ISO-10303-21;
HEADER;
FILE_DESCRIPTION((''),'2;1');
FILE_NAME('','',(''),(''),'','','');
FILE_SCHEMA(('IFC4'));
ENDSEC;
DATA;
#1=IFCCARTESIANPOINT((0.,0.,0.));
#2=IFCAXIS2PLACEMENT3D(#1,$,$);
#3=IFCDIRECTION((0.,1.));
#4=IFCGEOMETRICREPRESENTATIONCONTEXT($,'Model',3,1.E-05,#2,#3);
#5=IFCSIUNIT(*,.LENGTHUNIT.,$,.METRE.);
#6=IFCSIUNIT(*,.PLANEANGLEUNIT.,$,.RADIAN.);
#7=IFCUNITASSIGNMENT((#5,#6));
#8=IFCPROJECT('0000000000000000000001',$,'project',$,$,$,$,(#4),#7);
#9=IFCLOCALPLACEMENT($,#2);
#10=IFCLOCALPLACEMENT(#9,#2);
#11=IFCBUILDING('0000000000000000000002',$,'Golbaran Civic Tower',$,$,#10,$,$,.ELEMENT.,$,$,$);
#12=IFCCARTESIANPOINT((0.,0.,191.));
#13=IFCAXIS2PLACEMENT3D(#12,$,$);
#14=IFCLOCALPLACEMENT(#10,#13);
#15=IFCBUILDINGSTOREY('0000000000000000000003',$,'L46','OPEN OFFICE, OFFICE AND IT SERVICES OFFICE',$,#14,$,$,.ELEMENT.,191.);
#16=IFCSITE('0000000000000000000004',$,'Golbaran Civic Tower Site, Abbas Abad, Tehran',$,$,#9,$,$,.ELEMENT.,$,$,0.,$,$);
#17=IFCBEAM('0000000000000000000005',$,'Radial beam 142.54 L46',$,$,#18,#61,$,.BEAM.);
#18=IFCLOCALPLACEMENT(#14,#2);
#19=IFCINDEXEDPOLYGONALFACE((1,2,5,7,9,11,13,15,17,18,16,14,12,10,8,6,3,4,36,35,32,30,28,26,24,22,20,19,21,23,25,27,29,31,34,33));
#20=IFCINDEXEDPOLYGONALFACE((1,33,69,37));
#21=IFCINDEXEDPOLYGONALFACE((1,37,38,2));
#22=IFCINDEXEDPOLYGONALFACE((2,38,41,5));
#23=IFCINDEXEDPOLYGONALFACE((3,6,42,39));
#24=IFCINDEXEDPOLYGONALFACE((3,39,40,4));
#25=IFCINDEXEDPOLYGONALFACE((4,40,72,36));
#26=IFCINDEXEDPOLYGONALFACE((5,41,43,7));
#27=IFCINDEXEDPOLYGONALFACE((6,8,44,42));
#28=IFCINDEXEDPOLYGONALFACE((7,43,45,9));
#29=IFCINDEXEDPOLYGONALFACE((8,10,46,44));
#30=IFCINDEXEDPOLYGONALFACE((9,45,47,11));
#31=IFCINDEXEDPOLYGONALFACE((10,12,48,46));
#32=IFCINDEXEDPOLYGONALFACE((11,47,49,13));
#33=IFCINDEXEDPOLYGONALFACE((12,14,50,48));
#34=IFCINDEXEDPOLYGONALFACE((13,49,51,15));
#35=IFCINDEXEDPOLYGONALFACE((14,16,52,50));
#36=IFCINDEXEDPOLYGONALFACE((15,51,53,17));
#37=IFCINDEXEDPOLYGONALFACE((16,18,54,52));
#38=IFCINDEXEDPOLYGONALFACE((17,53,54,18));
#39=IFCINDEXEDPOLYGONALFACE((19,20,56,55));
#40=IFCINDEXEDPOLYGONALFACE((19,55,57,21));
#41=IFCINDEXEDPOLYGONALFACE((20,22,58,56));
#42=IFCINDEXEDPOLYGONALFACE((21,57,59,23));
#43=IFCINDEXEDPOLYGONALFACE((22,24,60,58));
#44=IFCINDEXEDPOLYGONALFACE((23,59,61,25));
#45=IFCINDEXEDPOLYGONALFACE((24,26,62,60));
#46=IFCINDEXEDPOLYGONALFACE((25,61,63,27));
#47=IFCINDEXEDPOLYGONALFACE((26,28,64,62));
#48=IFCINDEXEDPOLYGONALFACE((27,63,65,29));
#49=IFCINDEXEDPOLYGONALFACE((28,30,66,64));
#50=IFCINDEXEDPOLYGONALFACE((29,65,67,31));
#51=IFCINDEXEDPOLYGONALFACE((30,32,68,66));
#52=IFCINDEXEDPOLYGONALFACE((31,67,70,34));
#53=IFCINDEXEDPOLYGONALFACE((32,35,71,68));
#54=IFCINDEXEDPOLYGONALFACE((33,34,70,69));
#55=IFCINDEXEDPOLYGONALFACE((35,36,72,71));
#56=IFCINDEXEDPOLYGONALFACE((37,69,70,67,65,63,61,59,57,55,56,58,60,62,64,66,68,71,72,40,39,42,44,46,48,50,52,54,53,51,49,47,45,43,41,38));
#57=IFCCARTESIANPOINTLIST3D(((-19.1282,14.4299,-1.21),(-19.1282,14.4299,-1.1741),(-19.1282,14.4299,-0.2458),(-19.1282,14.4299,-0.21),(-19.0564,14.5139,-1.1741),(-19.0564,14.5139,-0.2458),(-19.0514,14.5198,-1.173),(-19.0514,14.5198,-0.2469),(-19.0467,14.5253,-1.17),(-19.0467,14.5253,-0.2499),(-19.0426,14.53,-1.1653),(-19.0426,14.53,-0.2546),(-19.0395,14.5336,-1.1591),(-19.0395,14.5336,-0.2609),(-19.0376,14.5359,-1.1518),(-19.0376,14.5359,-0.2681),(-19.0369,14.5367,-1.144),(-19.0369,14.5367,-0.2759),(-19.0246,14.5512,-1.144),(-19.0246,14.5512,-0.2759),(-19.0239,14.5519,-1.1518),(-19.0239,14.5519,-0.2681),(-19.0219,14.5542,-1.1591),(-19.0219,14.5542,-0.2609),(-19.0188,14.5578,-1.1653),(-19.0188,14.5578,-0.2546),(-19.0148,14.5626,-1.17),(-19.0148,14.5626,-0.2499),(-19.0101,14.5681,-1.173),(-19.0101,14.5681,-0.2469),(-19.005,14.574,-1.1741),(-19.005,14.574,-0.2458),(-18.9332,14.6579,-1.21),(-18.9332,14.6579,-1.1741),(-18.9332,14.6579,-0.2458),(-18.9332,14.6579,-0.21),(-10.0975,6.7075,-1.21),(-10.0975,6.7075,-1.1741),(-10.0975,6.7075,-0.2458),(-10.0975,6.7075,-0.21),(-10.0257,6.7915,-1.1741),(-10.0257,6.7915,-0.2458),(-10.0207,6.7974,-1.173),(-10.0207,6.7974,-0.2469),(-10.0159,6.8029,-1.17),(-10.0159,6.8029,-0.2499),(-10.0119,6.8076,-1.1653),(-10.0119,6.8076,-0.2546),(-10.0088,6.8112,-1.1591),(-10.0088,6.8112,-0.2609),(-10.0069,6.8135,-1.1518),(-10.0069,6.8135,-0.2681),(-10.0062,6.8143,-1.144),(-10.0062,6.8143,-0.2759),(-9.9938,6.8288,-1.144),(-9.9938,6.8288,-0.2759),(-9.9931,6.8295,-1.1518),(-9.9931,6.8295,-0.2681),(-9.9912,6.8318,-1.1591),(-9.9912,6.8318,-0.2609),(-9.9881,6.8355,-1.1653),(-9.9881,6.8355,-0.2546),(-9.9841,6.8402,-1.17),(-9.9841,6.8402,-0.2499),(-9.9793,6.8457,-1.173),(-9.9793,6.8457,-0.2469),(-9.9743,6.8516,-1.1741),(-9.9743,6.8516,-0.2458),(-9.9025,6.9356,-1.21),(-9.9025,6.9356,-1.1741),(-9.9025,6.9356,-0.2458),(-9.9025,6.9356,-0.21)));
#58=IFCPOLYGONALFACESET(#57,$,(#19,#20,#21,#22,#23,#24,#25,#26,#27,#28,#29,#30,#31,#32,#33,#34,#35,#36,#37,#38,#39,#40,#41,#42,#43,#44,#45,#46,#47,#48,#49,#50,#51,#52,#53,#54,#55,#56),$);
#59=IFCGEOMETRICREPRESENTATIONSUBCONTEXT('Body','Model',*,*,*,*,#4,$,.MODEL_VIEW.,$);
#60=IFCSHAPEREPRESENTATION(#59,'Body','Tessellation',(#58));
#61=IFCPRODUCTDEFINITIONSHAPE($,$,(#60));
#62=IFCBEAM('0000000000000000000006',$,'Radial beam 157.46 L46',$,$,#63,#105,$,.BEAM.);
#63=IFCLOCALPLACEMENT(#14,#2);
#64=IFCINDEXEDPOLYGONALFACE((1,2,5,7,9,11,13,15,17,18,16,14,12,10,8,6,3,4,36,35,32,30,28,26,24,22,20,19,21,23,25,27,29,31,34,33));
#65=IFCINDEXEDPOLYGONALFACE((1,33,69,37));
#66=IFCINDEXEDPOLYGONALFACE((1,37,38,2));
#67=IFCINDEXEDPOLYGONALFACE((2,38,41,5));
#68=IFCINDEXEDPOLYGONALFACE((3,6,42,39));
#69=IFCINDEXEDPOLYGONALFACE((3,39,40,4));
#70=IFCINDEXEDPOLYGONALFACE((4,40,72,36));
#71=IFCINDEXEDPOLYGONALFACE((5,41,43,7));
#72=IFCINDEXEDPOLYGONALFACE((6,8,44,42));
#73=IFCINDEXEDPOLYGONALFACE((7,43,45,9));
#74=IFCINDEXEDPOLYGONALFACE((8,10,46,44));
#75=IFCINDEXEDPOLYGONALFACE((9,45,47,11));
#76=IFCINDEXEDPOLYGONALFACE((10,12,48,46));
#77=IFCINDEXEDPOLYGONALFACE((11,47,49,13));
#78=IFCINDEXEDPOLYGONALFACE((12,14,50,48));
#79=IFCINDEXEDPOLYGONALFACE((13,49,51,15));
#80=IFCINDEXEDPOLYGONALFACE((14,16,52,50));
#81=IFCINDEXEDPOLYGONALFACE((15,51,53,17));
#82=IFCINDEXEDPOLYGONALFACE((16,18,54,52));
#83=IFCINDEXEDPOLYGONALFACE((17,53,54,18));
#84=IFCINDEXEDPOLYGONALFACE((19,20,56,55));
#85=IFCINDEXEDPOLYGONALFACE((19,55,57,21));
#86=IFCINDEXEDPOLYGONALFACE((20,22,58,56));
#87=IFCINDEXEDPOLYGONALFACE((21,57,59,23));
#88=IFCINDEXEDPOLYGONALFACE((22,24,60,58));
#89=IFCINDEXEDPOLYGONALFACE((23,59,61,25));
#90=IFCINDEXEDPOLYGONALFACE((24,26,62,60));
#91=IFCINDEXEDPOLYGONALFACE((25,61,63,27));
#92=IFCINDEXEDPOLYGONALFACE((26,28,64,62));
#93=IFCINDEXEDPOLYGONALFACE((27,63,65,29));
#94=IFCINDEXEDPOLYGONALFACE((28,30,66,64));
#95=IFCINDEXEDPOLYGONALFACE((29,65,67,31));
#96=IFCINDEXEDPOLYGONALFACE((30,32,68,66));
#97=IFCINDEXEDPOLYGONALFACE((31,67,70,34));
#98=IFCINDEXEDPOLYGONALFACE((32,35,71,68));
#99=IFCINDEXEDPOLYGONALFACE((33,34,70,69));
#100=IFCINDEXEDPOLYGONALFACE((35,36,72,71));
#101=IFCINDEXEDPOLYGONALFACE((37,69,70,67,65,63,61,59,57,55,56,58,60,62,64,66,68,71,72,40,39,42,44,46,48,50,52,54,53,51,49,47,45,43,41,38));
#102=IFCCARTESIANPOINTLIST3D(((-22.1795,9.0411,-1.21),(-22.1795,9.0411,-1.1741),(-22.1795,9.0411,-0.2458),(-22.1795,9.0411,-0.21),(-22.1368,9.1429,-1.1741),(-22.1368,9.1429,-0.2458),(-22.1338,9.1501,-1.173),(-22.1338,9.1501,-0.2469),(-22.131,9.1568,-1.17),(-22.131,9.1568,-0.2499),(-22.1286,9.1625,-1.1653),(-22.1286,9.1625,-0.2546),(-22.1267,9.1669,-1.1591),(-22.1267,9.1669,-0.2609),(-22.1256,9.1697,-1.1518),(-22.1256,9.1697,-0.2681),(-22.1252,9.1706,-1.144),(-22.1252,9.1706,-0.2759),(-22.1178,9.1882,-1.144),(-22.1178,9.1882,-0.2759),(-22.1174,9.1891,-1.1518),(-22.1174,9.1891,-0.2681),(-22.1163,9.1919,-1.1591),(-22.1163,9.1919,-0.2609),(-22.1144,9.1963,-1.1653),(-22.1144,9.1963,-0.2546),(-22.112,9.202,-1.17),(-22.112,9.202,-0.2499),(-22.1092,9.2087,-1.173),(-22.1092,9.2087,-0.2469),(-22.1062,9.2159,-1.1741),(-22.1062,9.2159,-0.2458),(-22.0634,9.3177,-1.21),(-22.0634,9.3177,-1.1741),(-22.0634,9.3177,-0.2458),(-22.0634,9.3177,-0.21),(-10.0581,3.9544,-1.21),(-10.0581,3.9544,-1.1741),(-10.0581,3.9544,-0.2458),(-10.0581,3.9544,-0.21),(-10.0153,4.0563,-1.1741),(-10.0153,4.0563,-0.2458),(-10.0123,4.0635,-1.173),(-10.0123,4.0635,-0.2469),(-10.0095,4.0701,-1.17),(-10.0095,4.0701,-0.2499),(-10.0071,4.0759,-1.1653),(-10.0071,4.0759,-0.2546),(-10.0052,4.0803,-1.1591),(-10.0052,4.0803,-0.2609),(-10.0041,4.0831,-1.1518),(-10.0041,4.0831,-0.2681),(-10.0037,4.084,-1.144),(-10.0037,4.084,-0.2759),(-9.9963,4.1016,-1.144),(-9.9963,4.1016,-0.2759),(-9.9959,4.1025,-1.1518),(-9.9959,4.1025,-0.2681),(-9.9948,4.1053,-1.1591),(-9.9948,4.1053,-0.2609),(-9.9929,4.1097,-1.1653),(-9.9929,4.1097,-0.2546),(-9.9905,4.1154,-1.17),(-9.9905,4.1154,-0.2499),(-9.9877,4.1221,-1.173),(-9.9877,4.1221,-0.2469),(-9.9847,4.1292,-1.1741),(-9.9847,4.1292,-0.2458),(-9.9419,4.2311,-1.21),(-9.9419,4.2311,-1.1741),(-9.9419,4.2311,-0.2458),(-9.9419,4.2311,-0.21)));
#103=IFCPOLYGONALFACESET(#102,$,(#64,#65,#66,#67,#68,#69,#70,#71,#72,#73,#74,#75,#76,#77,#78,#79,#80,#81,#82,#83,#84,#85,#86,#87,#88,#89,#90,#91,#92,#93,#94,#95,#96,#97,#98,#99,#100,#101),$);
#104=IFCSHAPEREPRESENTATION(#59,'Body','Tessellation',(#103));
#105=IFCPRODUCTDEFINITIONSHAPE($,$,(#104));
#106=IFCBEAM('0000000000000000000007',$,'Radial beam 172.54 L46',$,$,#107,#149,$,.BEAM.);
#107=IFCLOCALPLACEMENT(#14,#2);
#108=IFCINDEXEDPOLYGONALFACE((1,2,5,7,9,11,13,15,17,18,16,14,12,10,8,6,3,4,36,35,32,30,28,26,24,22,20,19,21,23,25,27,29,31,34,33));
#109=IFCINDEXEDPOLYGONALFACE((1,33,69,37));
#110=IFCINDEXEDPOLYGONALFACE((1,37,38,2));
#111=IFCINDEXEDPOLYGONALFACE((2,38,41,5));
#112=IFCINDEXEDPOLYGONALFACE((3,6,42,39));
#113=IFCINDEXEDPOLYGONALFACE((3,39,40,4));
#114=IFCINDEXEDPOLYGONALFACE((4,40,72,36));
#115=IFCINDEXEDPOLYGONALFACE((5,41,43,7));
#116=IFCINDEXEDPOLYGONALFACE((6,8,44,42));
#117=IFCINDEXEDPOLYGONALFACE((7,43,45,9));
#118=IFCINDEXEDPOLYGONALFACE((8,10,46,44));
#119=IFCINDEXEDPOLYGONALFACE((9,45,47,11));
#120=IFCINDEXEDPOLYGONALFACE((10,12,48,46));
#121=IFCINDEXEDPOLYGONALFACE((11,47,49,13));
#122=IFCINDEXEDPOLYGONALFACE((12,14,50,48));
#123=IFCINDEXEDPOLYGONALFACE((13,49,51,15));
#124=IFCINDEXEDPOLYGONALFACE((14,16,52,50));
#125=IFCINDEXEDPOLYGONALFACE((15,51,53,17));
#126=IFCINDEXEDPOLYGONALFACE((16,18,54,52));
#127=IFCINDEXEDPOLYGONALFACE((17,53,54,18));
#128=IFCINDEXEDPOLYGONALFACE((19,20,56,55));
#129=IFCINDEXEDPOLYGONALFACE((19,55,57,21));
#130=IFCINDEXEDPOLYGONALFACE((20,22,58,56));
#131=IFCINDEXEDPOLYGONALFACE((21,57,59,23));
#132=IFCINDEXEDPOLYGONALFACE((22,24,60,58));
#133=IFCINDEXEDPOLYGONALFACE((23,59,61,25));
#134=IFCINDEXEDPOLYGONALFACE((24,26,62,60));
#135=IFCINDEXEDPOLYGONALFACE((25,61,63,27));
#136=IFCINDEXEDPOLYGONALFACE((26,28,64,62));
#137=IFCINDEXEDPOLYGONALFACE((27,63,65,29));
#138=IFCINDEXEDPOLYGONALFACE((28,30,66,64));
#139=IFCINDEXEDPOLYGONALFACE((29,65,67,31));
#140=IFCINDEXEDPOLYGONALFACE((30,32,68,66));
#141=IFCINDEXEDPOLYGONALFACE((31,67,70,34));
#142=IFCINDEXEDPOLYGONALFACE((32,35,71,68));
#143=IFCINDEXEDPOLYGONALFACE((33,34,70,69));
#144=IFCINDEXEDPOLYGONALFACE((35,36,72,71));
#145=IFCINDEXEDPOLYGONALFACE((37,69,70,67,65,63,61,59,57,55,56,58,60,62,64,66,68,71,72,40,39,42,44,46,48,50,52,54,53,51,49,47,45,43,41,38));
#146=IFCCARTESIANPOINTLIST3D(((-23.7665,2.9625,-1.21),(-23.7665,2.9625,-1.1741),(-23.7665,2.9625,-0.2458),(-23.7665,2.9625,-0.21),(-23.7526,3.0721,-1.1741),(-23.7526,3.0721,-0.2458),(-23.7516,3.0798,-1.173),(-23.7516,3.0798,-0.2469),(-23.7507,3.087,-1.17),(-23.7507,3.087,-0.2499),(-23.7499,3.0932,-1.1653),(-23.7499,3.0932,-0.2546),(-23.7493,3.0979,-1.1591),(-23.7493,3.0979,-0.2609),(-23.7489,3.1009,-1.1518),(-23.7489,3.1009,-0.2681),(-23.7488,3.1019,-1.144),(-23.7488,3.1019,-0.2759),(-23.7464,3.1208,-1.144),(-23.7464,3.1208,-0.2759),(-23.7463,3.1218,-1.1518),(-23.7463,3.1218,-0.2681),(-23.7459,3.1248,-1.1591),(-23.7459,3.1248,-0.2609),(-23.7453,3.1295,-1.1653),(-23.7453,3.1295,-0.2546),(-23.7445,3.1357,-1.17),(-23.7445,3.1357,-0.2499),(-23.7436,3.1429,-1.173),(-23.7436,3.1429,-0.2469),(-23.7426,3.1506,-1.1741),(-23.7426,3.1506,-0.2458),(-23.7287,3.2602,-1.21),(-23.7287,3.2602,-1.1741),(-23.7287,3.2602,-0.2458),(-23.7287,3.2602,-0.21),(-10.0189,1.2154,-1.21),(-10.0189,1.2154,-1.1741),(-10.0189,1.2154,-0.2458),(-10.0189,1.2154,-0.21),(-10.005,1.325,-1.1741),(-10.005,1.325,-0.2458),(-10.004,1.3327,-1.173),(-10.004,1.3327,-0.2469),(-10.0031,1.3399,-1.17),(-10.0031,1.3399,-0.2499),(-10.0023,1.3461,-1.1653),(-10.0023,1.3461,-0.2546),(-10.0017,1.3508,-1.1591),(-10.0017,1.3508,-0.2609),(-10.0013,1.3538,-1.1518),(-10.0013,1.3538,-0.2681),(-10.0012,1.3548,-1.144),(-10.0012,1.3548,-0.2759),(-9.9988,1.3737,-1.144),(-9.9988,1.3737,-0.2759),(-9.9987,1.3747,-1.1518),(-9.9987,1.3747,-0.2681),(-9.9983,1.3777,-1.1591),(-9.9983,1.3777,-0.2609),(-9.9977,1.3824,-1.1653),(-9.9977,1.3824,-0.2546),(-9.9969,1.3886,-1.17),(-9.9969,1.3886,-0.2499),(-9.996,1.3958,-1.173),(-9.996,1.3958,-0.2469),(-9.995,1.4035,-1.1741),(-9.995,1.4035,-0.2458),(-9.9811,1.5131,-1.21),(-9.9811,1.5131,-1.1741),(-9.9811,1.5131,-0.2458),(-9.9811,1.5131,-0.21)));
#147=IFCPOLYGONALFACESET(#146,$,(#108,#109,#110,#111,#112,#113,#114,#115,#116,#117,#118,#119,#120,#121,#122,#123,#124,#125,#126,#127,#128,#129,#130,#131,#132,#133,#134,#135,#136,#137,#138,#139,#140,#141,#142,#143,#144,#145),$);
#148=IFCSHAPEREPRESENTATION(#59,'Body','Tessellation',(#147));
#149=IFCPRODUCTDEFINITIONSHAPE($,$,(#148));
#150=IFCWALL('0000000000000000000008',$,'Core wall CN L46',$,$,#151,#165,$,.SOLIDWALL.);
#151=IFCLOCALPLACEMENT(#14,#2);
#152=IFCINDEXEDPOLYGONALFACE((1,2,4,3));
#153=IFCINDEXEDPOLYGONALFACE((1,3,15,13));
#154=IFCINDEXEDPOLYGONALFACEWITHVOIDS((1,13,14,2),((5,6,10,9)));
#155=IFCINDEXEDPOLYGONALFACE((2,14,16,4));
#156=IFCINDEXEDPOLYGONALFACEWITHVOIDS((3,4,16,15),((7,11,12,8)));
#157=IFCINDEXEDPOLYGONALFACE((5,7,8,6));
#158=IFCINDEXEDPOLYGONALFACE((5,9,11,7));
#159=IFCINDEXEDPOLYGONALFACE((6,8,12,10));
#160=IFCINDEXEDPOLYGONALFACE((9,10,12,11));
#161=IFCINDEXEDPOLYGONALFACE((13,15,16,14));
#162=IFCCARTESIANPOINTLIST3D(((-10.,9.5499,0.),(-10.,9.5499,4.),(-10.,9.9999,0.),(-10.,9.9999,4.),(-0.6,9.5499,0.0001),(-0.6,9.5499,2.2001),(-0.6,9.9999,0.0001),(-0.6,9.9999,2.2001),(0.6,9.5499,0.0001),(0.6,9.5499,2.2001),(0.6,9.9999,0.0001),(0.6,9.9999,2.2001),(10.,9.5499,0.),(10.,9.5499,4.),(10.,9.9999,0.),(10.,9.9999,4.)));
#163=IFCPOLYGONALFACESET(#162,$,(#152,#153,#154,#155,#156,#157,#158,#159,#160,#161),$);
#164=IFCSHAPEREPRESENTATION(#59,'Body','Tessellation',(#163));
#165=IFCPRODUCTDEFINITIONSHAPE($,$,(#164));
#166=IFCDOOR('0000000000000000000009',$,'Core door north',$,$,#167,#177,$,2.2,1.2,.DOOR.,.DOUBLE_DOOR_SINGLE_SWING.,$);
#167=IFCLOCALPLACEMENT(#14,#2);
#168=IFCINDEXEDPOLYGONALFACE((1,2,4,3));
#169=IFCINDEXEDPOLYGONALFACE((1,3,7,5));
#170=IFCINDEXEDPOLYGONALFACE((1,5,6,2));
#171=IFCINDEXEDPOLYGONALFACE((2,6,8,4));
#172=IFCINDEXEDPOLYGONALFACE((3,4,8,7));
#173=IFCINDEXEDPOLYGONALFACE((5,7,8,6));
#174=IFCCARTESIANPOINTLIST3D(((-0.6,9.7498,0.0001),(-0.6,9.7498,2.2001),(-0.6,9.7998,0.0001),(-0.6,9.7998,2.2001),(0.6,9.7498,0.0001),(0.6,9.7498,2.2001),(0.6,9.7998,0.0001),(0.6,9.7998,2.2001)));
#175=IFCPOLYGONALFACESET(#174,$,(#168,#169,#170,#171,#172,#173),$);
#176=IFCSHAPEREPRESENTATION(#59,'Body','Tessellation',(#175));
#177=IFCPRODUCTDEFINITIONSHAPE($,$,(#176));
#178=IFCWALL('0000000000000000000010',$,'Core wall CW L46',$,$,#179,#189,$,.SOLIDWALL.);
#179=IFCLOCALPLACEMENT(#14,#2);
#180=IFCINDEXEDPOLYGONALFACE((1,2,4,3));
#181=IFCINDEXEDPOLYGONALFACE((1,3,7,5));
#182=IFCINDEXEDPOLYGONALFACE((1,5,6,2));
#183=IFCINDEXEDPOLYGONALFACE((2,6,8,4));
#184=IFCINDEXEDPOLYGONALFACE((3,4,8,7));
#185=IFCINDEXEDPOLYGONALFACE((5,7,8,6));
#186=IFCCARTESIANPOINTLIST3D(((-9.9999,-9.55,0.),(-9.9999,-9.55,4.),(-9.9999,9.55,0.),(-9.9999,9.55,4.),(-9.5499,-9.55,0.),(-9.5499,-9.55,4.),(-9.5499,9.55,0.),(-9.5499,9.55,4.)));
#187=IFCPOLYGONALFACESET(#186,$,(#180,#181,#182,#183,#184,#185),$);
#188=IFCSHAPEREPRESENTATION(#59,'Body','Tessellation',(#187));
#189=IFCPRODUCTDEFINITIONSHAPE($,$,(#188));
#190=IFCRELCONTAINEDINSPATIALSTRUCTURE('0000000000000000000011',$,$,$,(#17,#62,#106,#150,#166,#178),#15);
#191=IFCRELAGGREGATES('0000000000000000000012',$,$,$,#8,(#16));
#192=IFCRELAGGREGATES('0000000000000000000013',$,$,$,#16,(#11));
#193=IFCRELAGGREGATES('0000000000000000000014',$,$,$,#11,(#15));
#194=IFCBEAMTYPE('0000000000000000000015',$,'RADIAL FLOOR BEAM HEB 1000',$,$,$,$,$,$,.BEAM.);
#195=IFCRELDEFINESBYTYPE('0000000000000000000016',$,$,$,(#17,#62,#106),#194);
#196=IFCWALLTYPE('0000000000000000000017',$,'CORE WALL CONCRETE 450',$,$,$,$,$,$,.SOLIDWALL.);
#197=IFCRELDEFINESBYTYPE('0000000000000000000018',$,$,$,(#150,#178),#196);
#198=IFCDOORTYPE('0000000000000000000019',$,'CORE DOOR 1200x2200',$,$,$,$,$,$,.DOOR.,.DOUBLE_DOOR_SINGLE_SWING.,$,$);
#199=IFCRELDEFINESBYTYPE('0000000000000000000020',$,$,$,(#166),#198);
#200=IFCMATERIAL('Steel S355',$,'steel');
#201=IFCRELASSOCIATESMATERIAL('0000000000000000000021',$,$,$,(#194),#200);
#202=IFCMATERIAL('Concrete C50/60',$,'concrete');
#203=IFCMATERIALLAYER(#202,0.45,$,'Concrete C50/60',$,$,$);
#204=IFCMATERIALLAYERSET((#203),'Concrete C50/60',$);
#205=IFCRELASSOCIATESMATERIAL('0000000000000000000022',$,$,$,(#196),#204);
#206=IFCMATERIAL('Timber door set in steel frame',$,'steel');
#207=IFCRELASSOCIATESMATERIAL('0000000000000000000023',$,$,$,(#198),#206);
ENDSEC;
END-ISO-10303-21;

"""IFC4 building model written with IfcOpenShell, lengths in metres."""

from ifc_helpers import new_model, si_unit, direction, frame, frame_2d, origin, origin_2d, place, context, subcontext, project, spatial, rectangle, i_section, extrude, material, layer, layer_set, material_profile, profile_set, type_object, element, fill, save


model = new_model("IFC4")

# Units and contexts
model_context = context("Model", 3, precision=1e-05, world=origin(), true_north=direction((0.0, 1.0)))
body_context = subcontext(model_context, "Body", "Model", "MODEL_VIEW")
ifc_project = project(units=[si_unit("LENGTHUNIT", "METRE"), si_unit("PLANEANGLEUNIT", "RADIAN")], contexts=[model_context])

# Site, building, storey
site_placement = place(None, origin())
site = spatial("IfcSite", under=ifc_project, at=site_placement, Name="Golbaran Civic Tower Site, Abbas Abad, Tehran", CompositionType="ELEMENT", RefElevation=0.0)
building_placement = place(site_placement, origin())
building = spatial("IfcBuilding", under=site, at=building_placement, Name="Golbaran Civic Tower", CompositionType="ELEMENT")
storey_placement = place(building_placement, frame((0.0, 0.0, 191.0)))
storey = spatial("IfcBuildingStorey", under=building, at=storey_placement, Name="L46", Description="OPEN OFFICE, OFFICE AND IT SERVICES OFFICE", CompositionType="ELEMENT", Elevation=191.0)

# Beams
ifc_material_1 = material(Name="Steel S355", Category="steel")
ifc_material_profile_1 = material_profile(ifc_material_1, i_section(OverallWidth=0.3, OverallDepth=1.0, WebThickness=0.019, FlangeThickness=0.0359, FilletRadius=0.03, at=origin_2d()), Name="HEB 1000")
ifc_profile_set_1 = profile_set([ifc_material_profile_1], Name="Steel S355")
beam_type_1 = type_object("IfcBeamType", Name="RADIAL FLOOR BEAM HEB 1000", PredefinedType="BEAM", material=ifc_profile_set_1)
beam_1_placement = place(storey_placement, frame((-10.0, 6.8215, -0.71), z_axis=(-0.760015, 0.649906, 0.0), x_axis=(-0.649906, -0.760015, 0.0)))
element("IfcBeam", 1, at=beam_1_placement, inside=storey, type_object=beam_type_1, Name="Radial beam 142.54 L46", PredefinedType="BEAM", context=body_context, shape_type="SweptSolid", body=[
    extrude(i_section(OverallWidth=0.3, OverallDepth=1.0, WebThickness=0.019, FlangeThickness=0.0359, FilletRadius=0.03, at=origin_2d()), origin(), (0.0, 0.0, 1.0), 11.8823),
])
beam_2_placement = place(storey_placement, frame((-10.0, 4.0928, -0.71), z_axis=(-0.922101, 0.386948, 0.0), x_axis=(-0.386948, -0.922101, 0.0)))
element("IfcBeam", 2, at=beam_2_placement, inside=storey, type_object=beam_type_1, Name="Radial beam 157.46 L46", PredefinedType="BEAM", context=body_context, shape_type="SweptSolid", body=[
    extrude(i_section(OverallWidth=0.3, OverallDepth=1.0, WebThickness=0.019, FlangeThickness=0.0359, FilletRadius=0.03, at=origin_2d()), origin(), (0.0, 0.0, 1.0), 13.1455),
])
beam_3_placement = place(storey_placement, frame((-10.0, 1.3643, -0.71), z_axis=(-0.992022, 0.126068, 0.0), x_axis=(-0.126068, -0.992022, 0.0)))
element("IfcBeam", 3, at=beam_3_placement, inside=storey, type_object=beam_type_1, Name="Radial beam 172.54 L46", PredefinedType="BEAM", context=body_context, shape_type="SweptSolid", body=[
    extrude(i_section(OverallWidth=0.3, OverallDepth=1.0, WebThickness=0.019, FlangeThickness=0.0359, FilletRadius=0.03, at=origin_2d()), origin(), (0.0, 0.0, 1.0), 13.8582),
])

# Wall, opening, door
ifc_material_2 = material(Name="Concrete C50/60", Category="concrete")
ifc_layer_1 = layer(ifc_material_2, 0.45, Name="Concrete C50/60")
ifc_layer_set_1 = layer_set([ifc_layer_1], Name="Concrete C50/60")
wall_type_1 = type_object("IfcWallType", Name="CORE WALL CONCRETE 450", PredefinedType="SOLIDWALL", material=ifc_layer_set_1)
wall_1_placement = place(storey_placement, frame((-10.0, 9.7749, 0.0), z_axis=(0.0, 0.0, 1.0), x_axis=(1.0, 0.0, 0.0)))
wall_1 = element("IfcWall", 4, at=wall_1_placement, inside=storey, type_object=wall_type_1, Name="Core wall CN L46", PredefinedType="SOLIDWALL", context=body_context, shape_type="SweptSolid", body=[
    extrude(rectangle(XDim=20.0, YDim=0.45, at=frame_2d((10.0, 0.0))), origin(), (0.0, 0.0, 1.0), 4.0),
])
opening_1_placement = place(wall_1_placement, frame((9.3999, 0.0, 0.0)))
opening_1 = element("IfcOpeningElement", 5, at=opening_1_placement, cuts=wall_1, PredefinedType="OPENING", context=body_context, shape_type="SweptSolid", body=[
    extrude(rectangle(XDim=1.2, YDim=2.2, at=frame_2d((0.6001, 1.1001))), frame((0.0, 0.2349, 0.0), z_axis=(0.0, -1.0, 0.0), x_axis=(1.0, 0.0, 0.0)), (0.0, 0.0, 1.0), 0.47),
])
ifc_material_3 = material(Name="Timber door set in steel frame", Category="steel")
door_type_1 = type_object("IfcDoorType", Name="CORE DOOR 1200x2200", OperationType="DOUBLE_DOOR_SINGLE_SWING", PredefinedType="DOOR", material=ifc_material_3)
door_1_placement = place(opening_1_placement, origin())
door_1 = element("IfcDoor", 6, at=door_1_placement, inside=storey, type_object=door_type_1, Name="Core door north", OperationType="DOUBLE_DOOR_SINGLE_SWING", OverallHeight=2.2, OverallWidth=1.2, PredefinedType="DOOR", context=body_context, shape_type="SweptSolid", body=[
    extrude(rectangle(XDim=1.2, YDim=2.2, at=frame_2d((0.6001, 1.1001))), frame((0.0, 0.0249, 0.0), z_axis=(0.0, -1.0, 0.0), x_axis=(1.0, 0.0, 0.0)), (0.0, 0.0, 1.0), 0.05),
])
fill(opening_1, door_1)

# Wall
wall_2_placement = place(storey_placement, frame((-9.7749, 9.55, 0.0), z_axis=(0.0, 0.0, 1.0), x_axis=(0.0, -1.0, 0.0)))
element("IfcWall", 7, at=wall_2_placement, inside=storey, type_object=wall_type_1, Name="Core wall CW L46", PredefinedType="SOLIDWALL", context=body_context, shape_type="SweptSolid", body=[
    extrude(rectangle(XDim=19.1001, YDim=0.45, at=frame_2d((9.55, 0.0))), origin(), (0.0, 0.0, 1.0), 4.0),
])

save(model, "model.ifc")
